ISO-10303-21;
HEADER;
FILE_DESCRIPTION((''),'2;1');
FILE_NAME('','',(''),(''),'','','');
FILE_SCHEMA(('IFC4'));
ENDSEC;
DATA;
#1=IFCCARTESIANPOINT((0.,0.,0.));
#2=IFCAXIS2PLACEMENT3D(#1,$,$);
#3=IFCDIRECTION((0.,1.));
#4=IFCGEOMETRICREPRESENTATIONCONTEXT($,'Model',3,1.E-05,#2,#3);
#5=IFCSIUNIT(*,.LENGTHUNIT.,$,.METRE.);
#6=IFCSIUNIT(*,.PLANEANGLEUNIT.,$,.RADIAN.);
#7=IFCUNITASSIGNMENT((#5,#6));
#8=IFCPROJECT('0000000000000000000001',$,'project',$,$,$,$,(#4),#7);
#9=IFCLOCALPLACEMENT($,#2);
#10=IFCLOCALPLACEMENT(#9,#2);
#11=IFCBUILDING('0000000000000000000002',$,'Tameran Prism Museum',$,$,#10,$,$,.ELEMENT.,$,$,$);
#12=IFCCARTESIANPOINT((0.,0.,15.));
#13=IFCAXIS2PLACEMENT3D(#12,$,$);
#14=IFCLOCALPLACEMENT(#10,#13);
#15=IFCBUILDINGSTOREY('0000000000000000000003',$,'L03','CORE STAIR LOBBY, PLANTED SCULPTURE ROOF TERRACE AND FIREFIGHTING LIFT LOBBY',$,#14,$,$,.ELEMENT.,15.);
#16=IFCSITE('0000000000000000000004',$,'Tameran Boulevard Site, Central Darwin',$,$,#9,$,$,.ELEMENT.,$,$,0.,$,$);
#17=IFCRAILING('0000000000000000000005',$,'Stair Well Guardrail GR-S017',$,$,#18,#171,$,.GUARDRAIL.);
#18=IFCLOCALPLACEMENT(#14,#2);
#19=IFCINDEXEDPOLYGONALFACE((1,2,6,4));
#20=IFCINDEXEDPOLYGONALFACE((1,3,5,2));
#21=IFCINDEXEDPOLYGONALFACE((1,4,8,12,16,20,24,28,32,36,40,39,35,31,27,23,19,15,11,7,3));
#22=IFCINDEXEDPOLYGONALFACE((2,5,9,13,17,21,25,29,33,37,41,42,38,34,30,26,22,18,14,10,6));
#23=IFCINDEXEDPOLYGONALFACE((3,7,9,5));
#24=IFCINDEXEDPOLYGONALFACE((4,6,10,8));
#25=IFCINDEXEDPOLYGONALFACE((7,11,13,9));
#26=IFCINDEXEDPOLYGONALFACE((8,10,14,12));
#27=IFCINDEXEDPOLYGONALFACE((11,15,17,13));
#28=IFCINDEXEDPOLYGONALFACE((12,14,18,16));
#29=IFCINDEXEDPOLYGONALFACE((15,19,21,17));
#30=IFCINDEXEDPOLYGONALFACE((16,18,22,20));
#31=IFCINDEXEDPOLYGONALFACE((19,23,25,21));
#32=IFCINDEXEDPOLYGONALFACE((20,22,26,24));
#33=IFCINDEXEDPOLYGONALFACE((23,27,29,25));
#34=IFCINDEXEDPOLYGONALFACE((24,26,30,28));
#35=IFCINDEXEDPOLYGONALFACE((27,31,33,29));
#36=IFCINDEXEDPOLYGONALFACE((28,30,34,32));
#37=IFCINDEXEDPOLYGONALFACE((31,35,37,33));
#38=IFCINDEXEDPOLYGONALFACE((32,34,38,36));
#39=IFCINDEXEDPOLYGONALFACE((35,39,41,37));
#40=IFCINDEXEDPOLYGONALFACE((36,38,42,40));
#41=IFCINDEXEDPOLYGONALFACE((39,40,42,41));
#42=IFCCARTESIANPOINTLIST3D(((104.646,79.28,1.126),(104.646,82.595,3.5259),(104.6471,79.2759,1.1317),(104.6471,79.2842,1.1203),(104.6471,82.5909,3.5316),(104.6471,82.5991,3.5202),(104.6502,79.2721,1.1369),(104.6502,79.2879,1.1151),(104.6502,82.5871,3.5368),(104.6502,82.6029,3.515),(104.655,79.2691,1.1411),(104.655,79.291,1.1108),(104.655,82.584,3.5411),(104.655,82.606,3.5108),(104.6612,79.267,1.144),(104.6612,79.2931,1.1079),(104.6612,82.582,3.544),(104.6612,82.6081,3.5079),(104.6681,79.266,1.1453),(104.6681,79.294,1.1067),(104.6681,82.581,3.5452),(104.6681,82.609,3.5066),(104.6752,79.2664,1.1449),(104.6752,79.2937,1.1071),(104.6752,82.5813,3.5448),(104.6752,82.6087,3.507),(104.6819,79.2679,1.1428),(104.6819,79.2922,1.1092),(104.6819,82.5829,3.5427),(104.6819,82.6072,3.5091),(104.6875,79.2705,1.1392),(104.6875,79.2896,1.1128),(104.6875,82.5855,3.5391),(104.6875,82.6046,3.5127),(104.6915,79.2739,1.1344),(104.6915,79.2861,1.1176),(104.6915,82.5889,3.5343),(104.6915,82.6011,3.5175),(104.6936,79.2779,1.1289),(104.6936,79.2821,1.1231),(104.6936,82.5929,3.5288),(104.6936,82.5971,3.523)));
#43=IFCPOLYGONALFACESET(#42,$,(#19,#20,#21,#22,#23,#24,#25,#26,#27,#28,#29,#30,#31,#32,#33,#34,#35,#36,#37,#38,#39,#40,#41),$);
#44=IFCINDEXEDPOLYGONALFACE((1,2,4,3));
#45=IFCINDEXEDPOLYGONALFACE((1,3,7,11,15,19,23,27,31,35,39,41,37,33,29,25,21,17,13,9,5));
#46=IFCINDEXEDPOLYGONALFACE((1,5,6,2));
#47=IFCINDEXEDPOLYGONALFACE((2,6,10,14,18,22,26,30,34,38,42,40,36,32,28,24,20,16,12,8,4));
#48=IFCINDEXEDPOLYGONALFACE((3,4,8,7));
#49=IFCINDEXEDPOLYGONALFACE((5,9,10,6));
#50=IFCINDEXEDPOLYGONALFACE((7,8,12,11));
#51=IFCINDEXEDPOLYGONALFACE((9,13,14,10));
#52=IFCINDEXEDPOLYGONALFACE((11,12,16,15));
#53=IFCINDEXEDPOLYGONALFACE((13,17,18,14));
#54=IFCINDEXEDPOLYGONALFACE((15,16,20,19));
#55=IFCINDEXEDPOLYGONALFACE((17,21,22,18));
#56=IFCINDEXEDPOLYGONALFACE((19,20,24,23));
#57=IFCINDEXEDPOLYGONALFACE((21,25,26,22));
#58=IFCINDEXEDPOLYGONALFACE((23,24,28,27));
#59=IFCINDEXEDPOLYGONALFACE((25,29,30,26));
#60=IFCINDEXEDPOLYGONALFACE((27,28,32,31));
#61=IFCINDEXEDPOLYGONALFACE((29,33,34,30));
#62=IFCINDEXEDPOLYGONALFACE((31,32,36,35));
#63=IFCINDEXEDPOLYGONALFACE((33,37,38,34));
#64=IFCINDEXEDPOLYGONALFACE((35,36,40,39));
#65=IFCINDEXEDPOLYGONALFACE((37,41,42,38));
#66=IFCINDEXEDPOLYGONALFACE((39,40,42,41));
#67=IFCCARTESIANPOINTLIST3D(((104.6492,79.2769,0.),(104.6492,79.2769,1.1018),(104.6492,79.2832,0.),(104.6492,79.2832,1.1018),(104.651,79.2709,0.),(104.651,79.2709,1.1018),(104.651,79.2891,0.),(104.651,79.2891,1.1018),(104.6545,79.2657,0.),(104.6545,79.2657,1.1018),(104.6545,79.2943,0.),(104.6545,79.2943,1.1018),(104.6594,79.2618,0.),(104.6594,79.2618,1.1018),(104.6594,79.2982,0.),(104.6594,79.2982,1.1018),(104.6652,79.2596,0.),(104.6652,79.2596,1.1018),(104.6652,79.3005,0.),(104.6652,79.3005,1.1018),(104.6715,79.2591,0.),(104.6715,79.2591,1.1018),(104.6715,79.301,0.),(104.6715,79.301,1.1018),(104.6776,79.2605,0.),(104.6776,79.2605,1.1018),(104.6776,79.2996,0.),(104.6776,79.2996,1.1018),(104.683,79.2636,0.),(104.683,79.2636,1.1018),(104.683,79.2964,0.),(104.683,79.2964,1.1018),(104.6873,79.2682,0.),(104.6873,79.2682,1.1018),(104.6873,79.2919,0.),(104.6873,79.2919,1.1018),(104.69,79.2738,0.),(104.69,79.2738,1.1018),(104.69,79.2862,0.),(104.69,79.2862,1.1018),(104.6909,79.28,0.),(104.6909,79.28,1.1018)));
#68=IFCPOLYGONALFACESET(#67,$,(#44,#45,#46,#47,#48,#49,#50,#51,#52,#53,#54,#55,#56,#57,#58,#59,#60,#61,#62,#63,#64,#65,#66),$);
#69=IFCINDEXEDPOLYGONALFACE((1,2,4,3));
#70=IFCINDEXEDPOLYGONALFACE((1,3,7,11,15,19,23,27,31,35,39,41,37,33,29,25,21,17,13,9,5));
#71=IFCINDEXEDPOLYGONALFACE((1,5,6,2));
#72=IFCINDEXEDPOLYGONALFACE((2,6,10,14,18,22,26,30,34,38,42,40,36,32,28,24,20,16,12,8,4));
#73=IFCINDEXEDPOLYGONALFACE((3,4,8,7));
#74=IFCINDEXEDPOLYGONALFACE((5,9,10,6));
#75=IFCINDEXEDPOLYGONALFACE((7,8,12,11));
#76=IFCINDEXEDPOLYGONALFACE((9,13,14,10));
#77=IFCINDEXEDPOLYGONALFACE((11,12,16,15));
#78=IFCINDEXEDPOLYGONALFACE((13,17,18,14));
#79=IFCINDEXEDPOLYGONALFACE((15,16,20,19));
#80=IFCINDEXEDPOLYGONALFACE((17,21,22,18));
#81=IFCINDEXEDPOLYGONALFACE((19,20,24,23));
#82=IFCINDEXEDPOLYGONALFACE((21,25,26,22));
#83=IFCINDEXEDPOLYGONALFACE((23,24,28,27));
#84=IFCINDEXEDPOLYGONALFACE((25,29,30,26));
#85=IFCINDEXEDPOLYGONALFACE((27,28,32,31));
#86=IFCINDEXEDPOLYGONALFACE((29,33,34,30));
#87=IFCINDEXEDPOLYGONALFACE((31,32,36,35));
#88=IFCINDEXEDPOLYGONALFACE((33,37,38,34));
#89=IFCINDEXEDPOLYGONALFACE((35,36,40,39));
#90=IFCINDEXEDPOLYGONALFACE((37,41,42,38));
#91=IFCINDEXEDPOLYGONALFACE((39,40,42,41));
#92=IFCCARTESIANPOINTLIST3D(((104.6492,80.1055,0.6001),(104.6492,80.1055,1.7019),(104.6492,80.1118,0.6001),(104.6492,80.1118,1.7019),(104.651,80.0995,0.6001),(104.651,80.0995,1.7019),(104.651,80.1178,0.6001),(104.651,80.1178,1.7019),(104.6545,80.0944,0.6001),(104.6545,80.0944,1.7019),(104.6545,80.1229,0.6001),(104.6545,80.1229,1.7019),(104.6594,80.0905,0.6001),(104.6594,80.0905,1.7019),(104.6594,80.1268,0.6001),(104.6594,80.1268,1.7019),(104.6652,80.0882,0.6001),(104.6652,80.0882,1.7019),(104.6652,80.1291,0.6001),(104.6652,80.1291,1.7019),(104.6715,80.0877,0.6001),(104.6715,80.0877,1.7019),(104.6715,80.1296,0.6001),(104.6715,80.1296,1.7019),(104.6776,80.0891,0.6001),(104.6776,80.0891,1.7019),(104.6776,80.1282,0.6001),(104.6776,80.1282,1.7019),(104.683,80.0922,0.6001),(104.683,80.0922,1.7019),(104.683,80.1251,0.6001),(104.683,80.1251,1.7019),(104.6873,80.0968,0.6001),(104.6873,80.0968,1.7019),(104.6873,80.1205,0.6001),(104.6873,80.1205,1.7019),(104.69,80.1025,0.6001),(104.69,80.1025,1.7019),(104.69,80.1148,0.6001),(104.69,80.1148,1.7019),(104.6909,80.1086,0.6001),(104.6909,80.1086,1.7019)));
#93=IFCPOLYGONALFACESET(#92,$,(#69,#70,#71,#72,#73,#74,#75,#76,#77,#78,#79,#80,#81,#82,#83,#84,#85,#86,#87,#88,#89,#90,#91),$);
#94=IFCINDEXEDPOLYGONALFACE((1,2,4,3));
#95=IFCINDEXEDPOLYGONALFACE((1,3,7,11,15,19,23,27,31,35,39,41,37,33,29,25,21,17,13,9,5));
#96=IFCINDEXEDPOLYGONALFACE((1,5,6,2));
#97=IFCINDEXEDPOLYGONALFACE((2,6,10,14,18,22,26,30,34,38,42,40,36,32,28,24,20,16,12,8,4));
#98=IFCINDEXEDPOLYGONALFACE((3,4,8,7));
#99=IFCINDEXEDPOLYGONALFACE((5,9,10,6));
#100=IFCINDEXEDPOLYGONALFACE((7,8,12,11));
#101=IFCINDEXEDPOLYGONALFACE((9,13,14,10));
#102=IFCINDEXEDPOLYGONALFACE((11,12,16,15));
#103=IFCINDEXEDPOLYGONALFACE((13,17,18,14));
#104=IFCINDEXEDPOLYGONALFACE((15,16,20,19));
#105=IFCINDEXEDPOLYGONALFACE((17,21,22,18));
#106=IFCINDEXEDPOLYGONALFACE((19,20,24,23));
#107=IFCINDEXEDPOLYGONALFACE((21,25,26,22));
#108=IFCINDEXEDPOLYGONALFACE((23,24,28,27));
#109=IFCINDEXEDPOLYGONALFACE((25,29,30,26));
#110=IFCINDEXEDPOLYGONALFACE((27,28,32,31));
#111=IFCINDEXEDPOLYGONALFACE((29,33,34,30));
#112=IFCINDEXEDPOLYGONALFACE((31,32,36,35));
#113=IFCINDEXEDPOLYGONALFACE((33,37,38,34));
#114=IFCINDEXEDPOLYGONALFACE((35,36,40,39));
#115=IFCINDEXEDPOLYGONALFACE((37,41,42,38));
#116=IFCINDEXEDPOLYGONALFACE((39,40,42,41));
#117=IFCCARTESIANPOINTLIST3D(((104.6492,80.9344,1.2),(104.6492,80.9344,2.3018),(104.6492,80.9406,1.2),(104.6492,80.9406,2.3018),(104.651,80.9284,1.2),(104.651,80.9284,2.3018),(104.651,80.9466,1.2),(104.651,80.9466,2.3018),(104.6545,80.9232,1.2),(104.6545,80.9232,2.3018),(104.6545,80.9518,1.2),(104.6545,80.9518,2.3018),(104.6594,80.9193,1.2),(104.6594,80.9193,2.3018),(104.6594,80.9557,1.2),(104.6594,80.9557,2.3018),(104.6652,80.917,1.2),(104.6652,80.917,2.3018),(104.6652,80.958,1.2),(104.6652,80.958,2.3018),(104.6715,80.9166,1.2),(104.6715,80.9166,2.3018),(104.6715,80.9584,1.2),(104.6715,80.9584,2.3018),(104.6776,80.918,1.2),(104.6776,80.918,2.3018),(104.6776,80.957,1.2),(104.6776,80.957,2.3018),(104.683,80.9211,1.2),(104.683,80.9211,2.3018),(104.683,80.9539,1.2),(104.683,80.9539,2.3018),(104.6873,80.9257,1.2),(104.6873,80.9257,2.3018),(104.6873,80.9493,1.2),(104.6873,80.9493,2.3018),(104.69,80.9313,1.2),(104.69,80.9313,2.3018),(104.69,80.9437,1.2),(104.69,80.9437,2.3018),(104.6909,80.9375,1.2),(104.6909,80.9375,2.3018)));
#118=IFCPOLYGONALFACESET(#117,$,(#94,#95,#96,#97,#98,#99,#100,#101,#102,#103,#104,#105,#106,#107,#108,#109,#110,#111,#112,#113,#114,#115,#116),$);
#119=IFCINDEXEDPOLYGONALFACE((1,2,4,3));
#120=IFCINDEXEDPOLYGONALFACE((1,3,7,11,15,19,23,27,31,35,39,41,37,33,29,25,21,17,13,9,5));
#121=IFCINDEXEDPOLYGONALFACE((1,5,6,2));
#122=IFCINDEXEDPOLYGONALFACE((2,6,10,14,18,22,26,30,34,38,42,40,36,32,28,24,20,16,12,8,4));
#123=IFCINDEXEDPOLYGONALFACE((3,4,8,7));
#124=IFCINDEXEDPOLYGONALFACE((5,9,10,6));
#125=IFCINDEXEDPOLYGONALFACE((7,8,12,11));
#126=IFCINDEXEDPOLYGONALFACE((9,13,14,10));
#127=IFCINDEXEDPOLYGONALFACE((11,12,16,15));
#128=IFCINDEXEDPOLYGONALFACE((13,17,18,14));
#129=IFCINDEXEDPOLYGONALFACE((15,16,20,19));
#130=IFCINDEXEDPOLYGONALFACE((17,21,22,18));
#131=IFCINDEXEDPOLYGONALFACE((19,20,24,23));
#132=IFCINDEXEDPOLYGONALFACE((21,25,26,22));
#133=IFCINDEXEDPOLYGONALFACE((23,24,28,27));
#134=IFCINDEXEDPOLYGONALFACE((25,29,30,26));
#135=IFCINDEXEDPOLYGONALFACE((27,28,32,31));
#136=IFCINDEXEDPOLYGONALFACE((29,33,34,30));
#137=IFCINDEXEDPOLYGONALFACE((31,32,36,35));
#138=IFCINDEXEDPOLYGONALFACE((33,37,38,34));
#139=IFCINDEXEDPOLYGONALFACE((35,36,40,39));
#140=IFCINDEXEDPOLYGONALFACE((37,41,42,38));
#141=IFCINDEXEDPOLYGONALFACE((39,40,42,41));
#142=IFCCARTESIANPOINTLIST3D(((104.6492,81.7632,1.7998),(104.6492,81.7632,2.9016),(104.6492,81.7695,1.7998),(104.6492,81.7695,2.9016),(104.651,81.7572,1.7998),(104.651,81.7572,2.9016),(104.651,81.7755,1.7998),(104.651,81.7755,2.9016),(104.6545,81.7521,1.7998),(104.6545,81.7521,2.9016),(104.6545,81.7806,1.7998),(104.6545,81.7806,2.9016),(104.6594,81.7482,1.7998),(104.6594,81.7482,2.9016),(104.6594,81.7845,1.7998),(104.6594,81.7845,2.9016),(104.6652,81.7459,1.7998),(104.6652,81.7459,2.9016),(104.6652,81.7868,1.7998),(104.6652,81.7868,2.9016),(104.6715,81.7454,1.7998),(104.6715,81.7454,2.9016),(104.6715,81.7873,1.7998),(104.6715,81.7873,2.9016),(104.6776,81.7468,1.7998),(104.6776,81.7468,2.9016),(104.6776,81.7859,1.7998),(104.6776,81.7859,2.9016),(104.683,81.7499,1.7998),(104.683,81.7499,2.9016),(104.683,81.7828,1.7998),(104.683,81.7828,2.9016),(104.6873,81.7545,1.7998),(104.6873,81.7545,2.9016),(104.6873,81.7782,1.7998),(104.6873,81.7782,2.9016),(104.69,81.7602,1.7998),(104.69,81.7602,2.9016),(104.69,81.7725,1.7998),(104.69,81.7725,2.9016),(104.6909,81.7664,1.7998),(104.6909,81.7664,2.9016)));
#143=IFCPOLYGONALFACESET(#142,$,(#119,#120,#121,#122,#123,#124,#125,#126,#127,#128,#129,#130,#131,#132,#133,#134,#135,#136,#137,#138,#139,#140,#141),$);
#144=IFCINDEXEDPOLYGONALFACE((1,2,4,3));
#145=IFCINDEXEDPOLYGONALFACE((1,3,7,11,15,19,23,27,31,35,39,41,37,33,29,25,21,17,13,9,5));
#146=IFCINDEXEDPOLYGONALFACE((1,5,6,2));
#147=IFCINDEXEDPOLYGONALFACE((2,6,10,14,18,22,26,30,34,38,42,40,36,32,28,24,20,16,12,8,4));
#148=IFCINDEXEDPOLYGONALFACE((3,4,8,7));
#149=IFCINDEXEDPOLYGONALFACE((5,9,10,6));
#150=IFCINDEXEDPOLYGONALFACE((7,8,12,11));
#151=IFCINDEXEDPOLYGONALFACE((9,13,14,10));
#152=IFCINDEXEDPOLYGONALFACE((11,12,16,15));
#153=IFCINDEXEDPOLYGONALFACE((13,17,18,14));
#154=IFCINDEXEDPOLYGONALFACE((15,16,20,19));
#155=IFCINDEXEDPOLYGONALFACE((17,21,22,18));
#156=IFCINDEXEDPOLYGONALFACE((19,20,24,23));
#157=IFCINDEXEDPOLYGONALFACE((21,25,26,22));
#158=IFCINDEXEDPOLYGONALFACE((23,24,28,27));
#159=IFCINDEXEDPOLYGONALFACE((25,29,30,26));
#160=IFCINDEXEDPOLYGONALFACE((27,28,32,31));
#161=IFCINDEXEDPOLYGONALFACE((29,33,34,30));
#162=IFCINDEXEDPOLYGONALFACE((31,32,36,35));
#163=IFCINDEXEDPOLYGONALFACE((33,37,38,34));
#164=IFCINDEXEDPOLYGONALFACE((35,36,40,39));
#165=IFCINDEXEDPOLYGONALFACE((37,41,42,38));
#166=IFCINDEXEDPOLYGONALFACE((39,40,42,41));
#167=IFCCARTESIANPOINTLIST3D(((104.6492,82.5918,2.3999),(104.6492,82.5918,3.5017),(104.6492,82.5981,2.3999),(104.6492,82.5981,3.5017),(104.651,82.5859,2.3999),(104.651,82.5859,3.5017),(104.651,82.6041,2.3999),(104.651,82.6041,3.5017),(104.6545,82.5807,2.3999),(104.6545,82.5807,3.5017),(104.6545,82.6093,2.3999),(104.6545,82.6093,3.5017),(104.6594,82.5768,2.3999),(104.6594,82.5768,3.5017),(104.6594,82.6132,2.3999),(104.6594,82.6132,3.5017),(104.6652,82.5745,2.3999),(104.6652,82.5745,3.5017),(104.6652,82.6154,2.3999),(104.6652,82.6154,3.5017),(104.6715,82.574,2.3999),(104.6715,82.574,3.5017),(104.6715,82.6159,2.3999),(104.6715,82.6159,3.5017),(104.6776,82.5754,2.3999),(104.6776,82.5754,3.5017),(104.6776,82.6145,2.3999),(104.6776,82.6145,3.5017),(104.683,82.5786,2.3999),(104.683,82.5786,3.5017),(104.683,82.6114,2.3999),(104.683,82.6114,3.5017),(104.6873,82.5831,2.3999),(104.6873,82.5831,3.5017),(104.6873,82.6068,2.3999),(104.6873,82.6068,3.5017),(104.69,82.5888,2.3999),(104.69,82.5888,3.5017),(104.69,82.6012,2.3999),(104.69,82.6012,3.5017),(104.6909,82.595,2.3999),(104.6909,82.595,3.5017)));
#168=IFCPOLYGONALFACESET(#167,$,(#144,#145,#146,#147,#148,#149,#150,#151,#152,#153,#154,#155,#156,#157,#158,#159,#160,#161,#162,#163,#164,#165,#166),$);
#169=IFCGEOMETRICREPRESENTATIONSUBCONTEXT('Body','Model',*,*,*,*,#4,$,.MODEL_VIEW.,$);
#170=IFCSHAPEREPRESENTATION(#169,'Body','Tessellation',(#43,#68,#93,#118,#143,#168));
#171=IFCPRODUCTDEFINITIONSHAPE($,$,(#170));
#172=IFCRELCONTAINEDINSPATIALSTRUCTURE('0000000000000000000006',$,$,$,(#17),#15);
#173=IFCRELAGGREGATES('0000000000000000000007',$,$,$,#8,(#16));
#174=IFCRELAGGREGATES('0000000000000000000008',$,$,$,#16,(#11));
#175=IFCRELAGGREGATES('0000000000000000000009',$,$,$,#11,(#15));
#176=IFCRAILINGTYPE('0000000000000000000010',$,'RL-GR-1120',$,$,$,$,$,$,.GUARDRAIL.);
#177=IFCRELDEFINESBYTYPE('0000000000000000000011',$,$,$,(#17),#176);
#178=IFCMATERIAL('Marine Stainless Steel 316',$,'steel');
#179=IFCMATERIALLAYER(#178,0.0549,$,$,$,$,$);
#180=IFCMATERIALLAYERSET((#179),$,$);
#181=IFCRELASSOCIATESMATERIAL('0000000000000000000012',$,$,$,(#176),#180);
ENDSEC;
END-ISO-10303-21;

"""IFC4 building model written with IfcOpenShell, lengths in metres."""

from ifc_helpers import new_model, si_unit, direction, frame, origin, origin_2d, place, context, subcontext, project, spatial, circle, extrude, material, layer, layer_set, type_object, element, save


model = new_model("IFC4")

# Units and contexts
model_context = context("Model", 3, precision=1e-05, world=origin(), true_north=direction((0.0, 1.0)))
body_context = subcontext(model_context, "Body", "Model", "MODEL_VIEW")
ifc_project = project(units=[si_unit("LENGTHUNIT", "METRE"), si_unit("PLANEANGLEUNIT", "RADIAN")], contexts=[model_context])

# Site, building, storey
site_placement = place(None, origin())
site = spatial("IfcSite", under=ifc_project, at=site_placement, Name="Tameran Boulevard Site, Central Darwin", CompositionType="ELEMENT", RefElevation=0.0)
building_placement = place(site_placement, origin())
building = spatial("IfcBuilding", under=site, at=building_placement, Name="Tameran Prism Museum", CompositionType="ELEMENT")
storey_placement = place(building_placement, frame((0.0, 0.0, 15.0)))
storey = spatial("IfcBuildingStorey", under=building, at=storey_placement, Name="L03", Description="CORE STAIR LOBBY, PLANTED SCULPTURE ROOF TERRACE AND FIREFIGHTING LIFT LOBBY", CompositionType="ELEMENT", Elevation=15.0)

# Railing
ifc_material_1 = material(Name="Marine Stainless Steel 316", Category="steel")
ifc_layer_1 = layer(ifc_material_1, 0.0549)
ifc_layer_set_1 = layer_set([ifc_layer_1])
railing_type_1 = type_object("IfcRailingType", Name="RL-GR-1120", PredefinedType="GUARDRAIL", material=ifc_layer_set_1)
railing_1_placement = place(storey_placement, frame((104.6699, 79.28, 0.0)))
element("IfcRailing", 1, at=railing_1_placement, inside=storey, type_object=railing_type_1, Name="Stair Well Guardrail GR-S017", PredefinedType="GUARDRAIL", context=body_context, shape_type="SweptSolid", body=[
    extrude(circle(Radius=0.0239, at=origin_2d()), frame((0.0, 0.0, 1.126), z_axis=(0.0, 0.810009, 0.586418), x_axis=(-1.0, 0.0, 0.0)), (0.0, 0.0, 1.0), 4.0925),
    extrude(circle(Radius=0.021, at=origin_2d()), origin(), (0.0, 0.0, 1.0), 1.1018),
    extrude(circle(Radius=0.021, at=origin_2d()), frame((0.0, 0.8286, 0.6001)), (0.0, 0.0, 1.0), 1.1018),
    extrude(circle(Radius=0.021, at=origin_2d()), frame((0.0, 1.6575, 1.2)), (0.0, 0.0, 1.0), 1.1018),
    extrude(circle(Radius=0.021, at=origin_2d()), frame((0.0, 2.4863, 1.7998)), (0.0, 0.0, 1.0), 1.1018),
    extrude(circle(Radius=0.021, at=origin_2d()), frame((0.0, 3.3149, 2.3999)), (0.0, 0.0, 1.0), 1.1018),
])

save(model, "model.ifc")
